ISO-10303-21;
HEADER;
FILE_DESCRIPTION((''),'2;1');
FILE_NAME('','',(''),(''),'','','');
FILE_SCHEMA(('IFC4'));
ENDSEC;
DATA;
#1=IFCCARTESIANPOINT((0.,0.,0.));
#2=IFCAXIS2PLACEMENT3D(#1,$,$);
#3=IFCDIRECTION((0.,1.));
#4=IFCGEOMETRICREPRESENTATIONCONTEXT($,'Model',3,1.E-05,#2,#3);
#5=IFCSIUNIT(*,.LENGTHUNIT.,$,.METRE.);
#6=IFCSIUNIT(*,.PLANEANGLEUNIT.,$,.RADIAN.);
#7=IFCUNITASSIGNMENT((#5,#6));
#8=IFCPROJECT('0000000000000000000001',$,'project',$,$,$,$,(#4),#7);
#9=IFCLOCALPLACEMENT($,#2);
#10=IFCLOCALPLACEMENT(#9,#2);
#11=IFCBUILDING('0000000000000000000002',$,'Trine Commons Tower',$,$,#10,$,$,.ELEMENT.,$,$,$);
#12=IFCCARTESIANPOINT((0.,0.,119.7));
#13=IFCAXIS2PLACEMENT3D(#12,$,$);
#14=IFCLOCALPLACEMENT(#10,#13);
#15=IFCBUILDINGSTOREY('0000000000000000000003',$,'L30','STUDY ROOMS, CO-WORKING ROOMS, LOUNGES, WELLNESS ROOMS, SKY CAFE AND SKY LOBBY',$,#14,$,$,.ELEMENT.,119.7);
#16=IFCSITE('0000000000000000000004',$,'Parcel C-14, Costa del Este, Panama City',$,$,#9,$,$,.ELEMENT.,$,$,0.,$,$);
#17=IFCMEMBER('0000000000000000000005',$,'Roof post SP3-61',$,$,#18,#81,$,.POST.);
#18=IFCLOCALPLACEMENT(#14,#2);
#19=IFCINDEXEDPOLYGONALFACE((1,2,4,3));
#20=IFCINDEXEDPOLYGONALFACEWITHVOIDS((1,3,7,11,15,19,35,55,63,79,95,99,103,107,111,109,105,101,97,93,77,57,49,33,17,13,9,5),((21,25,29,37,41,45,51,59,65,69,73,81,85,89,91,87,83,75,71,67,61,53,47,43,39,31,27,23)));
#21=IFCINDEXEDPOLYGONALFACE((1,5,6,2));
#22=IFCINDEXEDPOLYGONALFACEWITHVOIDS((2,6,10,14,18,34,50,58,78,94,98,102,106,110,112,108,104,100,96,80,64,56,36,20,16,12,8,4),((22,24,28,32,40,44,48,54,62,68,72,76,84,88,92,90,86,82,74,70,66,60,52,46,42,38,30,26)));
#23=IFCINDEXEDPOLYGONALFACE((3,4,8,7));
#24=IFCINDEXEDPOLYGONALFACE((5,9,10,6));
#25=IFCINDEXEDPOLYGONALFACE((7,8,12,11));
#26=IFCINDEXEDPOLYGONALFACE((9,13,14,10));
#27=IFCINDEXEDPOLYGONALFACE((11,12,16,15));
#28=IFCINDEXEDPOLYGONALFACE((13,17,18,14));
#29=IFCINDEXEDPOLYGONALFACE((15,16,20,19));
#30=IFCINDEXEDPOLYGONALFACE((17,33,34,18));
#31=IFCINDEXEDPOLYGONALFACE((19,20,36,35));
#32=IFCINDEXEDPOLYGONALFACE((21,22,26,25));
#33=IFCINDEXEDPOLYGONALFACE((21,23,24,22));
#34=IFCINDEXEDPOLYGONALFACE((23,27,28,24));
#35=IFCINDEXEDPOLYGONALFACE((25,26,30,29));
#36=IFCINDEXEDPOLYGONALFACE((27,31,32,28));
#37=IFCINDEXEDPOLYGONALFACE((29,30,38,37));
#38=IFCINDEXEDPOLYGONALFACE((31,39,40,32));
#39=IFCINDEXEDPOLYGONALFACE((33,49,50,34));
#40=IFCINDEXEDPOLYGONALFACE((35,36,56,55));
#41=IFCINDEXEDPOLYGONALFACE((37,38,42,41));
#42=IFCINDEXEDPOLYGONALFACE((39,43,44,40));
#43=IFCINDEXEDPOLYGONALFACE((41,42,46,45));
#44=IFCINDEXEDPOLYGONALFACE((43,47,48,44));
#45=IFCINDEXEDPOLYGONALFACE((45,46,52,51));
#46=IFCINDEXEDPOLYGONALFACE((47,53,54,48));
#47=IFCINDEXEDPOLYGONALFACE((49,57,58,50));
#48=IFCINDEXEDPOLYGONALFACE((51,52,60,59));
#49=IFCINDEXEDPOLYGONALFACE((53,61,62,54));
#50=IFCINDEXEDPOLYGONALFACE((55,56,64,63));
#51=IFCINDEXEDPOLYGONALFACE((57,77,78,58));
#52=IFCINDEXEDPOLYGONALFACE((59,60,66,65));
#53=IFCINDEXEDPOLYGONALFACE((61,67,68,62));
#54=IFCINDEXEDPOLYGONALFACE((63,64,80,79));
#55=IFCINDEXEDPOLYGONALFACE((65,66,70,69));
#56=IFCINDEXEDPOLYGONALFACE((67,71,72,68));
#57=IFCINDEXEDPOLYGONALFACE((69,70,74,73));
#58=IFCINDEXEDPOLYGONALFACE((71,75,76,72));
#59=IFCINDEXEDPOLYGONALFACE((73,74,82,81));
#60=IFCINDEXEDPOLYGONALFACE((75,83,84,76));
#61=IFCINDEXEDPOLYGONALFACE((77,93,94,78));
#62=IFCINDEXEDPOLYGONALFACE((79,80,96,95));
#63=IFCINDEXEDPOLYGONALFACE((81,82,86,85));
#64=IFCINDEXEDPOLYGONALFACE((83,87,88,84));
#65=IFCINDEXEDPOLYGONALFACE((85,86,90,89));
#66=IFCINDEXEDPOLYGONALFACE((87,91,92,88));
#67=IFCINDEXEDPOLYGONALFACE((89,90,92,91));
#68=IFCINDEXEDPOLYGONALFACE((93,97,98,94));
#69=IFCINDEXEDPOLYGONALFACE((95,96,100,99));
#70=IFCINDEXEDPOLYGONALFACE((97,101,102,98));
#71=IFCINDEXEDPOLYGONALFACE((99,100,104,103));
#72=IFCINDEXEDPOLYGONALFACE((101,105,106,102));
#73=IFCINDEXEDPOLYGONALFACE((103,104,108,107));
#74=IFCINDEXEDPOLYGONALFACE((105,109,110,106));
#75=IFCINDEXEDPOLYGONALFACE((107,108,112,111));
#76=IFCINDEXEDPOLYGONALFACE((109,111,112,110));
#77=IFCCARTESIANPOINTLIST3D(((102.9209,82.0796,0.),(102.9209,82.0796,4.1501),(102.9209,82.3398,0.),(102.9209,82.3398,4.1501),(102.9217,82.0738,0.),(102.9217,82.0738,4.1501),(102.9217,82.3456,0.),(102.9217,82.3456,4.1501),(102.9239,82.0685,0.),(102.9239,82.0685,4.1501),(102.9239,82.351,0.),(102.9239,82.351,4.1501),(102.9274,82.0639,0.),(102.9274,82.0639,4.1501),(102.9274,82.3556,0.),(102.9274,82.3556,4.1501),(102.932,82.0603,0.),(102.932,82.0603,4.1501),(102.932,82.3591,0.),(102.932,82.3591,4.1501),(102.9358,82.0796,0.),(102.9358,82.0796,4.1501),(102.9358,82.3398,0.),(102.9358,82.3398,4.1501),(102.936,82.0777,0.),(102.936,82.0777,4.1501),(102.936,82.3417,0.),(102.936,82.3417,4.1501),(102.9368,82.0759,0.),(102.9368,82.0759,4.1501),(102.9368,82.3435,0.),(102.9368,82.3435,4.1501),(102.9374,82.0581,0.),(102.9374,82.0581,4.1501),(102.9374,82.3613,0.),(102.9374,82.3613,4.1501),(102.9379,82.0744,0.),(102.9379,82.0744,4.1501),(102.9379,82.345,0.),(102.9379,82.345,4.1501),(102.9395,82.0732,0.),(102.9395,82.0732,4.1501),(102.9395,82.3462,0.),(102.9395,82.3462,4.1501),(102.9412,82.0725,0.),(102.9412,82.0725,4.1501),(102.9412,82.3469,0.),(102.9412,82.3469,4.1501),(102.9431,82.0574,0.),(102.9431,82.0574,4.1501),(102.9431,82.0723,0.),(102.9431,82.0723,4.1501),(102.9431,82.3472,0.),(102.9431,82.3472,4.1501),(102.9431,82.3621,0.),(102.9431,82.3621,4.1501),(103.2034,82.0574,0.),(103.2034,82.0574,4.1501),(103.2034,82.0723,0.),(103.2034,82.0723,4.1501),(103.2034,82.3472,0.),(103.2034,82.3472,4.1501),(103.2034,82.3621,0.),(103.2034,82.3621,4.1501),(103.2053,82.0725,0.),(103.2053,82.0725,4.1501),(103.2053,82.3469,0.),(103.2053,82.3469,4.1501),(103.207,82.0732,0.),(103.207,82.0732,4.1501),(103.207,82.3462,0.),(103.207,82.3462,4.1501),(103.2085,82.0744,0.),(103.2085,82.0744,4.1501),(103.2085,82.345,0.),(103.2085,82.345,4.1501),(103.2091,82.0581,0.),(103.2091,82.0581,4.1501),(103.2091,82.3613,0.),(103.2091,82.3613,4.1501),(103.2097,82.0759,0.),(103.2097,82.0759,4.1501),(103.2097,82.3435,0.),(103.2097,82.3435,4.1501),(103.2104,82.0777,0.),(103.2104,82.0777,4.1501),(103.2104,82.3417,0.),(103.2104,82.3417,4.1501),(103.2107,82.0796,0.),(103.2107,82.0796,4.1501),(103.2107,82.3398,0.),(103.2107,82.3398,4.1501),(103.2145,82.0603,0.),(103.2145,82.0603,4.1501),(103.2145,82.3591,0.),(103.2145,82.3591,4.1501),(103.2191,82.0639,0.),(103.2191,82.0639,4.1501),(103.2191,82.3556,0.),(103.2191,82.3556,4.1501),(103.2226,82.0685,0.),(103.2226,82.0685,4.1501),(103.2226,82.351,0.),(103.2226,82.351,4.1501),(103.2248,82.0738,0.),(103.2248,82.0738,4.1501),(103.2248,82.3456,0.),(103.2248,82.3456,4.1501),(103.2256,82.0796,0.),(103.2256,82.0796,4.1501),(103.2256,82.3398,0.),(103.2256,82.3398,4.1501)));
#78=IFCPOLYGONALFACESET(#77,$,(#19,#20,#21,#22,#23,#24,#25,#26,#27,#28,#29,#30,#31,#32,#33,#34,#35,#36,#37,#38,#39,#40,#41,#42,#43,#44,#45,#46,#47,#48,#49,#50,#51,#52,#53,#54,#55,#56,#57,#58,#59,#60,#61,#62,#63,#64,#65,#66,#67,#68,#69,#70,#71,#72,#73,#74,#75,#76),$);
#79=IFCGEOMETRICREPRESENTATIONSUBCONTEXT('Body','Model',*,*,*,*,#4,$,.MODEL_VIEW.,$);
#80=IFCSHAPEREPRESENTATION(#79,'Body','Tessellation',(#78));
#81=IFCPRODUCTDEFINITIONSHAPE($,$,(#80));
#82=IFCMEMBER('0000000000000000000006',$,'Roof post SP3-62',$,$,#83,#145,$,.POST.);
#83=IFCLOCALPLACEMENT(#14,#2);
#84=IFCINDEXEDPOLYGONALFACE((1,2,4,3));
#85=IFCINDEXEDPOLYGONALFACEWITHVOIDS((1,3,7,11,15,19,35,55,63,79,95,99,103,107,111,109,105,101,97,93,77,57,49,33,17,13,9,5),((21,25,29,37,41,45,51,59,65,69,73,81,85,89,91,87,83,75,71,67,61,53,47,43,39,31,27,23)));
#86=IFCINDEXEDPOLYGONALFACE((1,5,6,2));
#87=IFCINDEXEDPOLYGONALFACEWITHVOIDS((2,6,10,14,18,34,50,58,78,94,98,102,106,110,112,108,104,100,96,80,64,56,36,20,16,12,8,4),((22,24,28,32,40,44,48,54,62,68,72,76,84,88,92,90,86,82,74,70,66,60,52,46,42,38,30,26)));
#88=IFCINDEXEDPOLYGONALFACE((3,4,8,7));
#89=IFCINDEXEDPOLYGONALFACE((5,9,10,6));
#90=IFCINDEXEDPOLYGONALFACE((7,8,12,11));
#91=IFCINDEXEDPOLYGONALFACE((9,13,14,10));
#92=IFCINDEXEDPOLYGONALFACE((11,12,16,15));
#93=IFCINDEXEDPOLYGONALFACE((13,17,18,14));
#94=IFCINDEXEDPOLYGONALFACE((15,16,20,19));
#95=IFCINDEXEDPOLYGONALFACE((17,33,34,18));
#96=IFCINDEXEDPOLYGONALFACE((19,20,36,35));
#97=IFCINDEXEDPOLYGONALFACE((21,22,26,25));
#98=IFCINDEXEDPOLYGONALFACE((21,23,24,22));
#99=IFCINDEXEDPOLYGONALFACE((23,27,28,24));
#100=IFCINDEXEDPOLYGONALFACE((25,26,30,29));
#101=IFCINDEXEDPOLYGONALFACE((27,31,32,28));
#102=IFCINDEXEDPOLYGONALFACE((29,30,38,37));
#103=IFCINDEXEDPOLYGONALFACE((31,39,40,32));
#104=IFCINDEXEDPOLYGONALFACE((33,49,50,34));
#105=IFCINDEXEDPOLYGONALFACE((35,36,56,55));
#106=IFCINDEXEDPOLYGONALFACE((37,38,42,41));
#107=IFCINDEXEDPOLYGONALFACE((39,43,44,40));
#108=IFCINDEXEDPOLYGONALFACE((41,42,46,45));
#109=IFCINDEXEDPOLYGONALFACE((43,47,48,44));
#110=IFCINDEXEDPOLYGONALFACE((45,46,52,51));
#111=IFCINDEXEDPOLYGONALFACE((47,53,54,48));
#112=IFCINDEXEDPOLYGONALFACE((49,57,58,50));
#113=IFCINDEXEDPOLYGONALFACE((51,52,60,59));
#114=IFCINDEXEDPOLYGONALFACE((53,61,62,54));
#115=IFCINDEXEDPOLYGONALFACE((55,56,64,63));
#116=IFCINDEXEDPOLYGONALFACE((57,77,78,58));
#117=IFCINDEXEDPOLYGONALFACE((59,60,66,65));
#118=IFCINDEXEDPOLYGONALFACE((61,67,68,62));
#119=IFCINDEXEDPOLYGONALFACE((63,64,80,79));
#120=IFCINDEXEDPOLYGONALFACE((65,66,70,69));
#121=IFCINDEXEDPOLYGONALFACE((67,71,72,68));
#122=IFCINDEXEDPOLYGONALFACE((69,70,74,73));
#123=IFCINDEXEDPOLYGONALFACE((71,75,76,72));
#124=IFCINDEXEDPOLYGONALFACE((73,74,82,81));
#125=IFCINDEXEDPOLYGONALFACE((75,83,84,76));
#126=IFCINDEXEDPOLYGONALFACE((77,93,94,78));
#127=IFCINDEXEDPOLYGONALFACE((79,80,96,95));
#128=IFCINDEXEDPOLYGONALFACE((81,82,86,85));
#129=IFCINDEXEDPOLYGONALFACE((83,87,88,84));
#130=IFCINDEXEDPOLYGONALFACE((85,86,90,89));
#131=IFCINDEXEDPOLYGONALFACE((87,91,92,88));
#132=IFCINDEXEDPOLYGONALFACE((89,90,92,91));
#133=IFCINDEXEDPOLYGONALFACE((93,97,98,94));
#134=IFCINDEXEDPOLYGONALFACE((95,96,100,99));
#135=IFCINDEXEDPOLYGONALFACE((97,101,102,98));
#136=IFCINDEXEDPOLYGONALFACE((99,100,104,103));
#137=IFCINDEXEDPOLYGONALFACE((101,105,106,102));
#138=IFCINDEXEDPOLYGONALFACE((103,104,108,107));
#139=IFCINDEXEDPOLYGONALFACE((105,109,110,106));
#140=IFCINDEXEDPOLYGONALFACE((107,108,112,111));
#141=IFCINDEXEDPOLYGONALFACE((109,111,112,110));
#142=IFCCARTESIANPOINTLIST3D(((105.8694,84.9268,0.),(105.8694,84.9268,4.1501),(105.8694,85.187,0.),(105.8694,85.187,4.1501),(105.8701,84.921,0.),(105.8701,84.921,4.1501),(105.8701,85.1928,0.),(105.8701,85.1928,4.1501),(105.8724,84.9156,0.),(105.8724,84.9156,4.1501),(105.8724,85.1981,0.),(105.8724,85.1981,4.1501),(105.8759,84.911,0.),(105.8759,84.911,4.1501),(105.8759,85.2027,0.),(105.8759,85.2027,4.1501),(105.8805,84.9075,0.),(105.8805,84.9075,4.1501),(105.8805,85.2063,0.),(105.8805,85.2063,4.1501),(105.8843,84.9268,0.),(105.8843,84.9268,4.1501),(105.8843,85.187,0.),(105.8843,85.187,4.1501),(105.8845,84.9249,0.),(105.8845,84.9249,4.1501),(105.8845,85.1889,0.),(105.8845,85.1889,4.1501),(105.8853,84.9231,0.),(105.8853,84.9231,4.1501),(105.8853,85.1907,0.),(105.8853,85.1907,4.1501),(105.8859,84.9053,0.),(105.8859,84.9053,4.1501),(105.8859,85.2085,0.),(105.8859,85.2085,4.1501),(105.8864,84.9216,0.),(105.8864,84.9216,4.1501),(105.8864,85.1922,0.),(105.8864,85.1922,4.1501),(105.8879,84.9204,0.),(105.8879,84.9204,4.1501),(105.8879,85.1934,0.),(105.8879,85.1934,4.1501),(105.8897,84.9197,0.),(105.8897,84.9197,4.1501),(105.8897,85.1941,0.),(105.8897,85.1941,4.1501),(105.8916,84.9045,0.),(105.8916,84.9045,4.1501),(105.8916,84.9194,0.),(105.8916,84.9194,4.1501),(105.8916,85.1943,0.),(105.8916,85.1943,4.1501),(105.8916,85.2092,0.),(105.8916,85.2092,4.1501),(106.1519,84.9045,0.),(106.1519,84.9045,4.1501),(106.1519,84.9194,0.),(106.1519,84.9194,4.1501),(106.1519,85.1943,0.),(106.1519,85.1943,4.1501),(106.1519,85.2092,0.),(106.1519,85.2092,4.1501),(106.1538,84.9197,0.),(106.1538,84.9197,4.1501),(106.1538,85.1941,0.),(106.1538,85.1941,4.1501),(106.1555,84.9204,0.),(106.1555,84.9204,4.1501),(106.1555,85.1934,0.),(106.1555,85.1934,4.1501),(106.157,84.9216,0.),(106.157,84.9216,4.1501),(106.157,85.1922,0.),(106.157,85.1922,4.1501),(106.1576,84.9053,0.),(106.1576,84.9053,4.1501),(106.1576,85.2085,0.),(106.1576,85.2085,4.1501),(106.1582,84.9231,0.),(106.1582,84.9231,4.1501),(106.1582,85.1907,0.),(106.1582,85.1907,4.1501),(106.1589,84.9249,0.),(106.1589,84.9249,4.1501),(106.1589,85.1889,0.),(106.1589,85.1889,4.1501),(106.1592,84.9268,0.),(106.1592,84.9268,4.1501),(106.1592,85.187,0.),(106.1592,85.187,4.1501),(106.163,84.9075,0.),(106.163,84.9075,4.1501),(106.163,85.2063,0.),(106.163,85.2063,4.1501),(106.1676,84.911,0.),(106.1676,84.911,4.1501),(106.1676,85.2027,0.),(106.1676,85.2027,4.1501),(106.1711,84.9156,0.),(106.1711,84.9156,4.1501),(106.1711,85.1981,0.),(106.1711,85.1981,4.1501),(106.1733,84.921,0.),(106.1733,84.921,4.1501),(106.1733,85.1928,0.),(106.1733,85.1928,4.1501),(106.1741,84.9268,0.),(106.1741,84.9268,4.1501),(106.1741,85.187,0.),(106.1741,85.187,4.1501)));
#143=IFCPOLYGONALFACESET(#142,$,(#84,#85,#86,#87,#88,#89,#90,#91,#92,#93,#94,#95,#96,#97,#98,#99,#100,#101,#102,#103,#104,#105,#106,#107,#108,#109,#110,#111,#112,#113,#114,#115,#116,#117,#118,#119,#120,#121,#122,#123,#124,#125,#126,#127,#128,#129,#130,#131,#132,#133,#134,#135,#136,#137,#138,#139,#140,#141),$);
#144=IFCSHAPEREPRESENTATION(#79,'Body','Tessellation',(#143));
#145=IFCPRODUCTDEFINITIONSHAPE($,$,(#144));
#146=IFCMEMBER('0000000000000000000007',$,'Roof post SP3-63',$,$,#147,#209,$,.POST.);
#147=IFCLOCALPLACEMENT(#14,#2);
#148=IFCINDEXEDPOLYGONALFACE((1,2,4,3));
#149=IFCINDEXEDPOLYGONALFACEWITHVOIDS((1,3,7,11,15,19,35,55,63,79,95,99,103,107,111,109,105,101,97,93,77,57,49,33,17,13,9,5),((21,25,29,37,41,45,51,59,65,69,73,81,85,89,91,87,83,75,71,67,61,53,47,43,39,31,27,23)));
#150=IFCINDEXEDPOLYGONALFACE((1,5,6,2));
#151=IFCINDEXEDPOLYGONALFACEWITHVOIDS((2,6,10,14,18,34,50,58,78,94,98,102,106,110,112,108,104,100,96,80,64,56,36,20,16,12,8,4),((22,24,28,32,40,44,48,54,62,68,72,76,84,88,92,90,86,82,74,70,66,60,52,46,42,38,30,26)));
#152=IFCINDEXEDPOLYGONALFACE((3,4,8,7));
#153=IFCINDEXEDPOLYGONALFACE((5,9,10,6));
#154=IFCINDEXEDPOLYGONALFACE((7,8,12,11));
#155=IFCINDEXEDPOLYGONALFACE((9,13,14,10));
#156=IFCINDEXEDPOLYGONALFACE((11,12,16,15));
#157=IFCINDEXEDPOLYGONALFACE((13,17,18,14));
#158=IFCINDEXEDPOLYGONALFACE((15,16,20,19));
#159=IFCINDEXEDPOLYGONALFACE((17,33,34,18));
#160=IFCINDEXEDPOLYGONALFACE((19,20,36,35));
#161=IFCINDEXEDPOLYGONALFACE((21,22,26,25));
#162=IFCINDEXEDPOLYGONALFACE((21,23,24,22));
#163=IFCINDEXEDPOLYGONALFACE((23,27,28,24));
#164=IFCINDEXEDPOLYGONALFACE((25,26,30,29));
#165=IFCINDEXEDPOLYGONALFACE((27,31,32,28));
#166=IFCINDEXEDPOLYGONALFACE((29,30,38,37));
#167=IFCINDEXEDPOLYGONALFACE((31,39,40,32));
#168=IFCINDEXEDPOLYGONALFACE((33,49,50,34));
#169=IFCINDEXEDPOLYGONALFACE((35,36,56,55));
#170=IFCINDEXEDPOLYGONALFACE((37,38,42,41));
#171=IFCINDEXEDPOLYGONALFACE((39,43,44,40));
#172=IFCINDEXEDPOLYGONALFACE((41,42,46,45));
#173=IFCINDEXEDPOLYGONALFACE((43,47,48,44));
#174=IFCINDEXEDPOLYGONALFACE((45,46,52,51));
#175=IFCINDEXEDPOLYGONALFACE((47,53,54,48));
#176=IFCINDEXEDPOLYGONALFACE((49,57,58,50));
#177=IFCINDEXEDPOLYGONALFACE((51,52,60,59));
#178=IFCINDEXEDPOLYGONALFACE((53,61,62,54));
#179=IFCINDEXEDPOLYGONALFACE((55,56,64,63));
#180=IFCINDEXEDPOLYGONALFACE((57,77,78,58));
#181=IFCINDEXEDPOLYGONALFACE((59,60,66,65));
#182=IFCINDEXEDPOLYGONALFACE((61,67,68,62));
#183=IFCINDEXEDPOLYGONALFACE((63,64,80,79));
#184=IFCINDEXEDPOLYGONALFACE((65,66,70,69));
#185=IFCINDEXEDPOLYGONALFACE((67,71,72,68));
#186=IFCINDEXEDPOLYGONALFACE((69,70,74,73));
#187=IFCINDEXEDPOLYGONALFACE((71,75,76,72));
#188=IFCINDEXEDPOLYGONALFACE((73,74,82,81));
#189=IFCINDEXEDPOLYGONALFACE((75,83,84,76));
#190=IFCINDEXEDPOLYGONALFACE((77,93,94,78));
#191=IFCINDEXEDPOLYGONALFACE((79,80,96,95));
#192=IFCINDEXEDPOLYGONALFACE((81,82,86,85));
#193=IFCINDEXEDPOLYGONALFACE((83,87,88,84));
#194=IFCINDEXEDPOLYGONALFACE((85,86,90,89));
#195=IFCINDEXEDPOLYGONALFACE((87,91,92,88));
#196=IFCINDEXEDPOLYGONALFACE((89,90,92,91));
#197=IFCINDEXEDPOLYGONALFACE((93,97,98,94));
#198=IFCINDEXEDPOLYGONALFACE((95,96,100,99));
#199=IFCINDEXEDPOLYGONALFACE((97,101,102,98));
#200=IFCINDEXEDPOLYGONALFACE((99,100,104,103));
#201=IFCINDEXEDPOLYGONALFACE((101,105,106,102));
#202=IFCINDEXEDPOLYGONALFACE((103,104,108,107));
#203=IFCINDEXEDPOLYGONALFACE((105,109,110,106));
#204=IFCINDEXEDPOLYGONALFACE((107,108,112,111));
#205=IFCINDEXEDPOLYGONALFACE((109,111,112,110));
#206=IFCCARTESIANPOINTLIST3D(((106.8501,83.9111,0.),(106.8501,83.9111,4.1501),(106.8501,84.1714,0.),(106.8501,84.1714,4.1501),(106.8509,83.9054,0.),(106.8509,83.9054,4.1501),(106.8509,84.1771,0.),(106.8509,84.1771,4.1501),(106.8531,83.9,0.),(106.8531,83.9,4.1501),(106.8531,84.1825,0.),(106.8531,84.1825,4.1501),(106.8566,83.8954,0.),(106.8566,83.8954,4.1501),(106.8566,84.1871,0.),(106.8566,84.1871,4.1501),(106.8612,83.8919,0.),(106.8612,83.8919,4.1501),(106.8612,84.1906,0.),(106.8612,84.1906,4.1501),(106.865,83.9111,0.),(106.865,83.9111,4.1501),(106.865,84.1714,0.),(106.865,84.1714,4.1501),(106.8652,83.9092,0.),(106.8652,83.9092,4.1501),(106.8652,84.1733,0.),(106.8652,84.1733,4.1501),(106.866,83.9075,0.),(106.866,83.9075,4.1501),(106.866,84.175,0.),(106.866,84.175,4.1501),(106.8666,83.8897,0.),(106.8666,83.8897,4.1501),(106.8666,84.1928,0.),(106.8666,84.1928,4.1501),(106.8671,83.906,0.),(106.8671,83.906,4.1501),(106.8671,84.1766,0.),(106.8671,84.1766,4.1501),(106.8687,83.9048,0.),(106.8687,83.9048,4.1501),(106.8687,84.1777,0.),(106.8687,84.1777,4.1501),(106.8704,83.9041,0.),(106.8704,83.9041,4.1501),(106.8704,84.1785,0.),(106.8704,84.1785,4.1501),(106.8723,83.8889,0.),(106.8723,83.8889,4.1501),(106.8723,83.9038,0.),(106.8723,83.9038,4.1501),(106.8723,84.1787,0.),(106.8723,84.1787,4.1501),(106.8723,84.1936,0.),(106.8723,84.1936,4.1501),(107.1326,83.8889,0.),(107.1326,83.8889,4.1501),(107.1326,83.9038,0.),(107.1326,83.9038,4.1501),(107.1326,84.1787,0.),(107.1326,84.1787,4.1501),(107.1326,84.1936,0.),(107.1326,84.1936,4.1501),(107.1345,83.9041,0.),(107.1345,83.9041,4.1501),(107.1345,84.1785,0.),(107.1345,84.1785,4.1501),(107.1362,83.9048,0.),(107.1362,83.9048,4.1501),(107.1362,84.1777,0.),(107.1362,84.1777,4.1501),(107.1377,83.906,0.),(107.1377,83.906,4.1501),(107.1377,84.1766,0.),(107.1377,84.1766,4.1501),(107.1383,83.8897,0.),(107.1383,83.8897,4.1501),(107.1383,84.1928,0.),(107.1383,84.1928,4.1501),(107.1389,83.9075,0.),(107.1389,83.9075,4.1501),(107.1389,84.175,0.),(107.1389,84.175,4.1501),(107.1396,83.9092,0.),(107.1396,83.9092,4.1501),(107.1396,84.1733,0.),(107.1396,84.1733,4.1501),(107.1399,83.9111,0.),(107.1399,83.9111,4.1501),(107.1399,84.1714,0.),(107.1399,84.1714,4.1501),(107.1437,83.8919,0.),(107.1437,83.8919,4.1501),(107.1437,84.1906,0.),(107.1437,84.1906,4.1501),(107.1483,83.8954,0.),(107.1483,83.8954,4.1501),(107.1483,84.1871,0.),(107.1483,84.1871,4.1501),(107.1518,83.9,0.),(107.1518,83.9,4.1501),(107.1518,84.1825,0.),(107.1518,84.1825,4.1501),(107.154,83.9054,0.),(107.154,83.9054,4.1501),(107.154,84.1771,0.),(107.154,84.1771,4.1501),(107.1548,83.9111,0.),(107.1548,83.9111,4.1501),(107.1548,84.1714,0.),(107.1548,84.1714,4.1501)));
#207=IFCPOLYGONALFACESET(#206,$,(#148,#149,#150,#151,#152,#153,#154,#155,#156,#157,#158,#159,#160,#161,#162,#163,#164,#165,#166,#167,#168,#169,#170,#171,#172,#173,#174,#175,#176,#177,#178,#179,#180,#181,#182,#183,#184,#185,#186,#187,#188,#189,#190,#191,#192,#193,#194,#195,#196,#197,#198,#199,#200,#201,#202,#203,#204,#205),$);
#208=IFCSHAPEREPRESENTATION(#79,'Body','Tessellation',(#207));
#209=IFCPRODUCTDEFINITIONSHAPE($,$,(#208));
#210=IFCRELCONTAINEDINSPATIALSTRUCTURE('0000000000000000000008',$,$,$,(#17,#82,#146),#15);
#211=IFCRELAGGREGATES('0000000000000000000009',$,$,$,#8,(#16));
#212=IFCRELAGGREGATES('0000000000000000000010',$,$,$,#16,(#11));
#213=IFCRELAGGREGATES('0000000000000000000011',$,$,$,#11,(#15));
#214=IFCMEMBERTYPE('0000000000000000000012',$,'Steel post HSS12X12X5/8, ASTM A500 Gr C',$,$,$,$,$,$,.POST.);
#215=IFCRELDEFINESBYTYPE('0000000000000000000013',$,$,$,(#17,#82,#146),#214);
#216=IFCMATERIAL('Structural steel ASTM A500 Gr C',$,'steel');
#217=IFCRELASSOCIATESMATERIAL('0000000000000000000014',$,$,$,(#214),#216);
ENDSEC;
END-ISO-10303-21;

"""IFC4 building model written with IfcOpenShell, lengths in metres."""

from ifc_helpers import new_model, si_unit, direction, frame, origin, origin_2d, place, context, subcontext, project, spatial, hollow_rectangle, extrude, material, material_profile, profile_set, type_object, element, save


model = new_model("IFC4")

# Units and contexts
model_context = context("Model", 3, precision=1e-05, world=origin(), true_north=direction((0.0, 1.0)))
body_context = subcontext(model_context, "Body", "Model", "MODEL_VIEW")
ifc_project = project(units=[si_unit("LENGTHUNIT", "METRE"), si_unit("PLANEANGLEUNIT", "RADIAN")], contexts=[model_context])

# Site, building, storey
site_placement = place(None, origin())
site = spatial("IfcSite", under=ifc_project, at=site_placement, Name="Parcel C-14, Costa del Este, Panama City", CompositionType="ELEMENT", RefElevation=0.0)
building_placement = place(site_placement, origin())
building = spatial("IfcBuilding", under=site, at=building_placement, Name="Trine Commons Tower", CompositionType="ELEMENT")
storey_placement = place(building_placement, frame((0.0, 0.0, 119.7)))
storey = spatial("IfcBuildingStorey", under=building, at=storey_placement, Name="L30", Description="STUDY ROOMS, CO-WORKING ROOMS, LOUNGES, WELLNESS ROOMS, SKY CAFE AND SKY LOBBY", CompositionType="ELEMENT", Elevation=119.7)

# Members
ifc_material_1 = material(Name="Structural steel ASTM A500 Gr C", Category="steel")
ifc_material_profile_1 = material_profile(ifc_material_1, hollow_rectangle(XDim=0.3047, YDim=0.3047, WallThickness=0.0149, InnerFilletRadius=0.0073, OuterFilletRadius=0.0222, at=origin_2d()), Name="HSS12X12X5/8")
ifc_profile_set_1 = profile_set([ifc_material_profile_1], Name="Structural steel ASTM A500 Gr C")
member_type_1 = type_object("IfcMemberType", Name="Steel post HSS12X12X5/8, ASTM A500 Gr C", PredefinedType="POST", material=ifc_profile_set_1)
for number, where, z_axis, x_axis, name in (
    (1, (103.0732, 82.2097, 0.0), (0.0, 0.0, 1.0), (1.0, 0.0, 0.0), "Roof post SP3-61"),
    (2, (106.0217, 85.0569, 0.0), (0.0, 0.0, 1.0), (1.0, 0.0, 0.0), "Roof post SP3-62"),
    (3, (107.0024, 84.0413, 0.0), (0.0, 0.0, 1.0), (1.0, 0.0, 0.0), "Roof post SP3-63"),
):
    element("IfcMember", number, at=place(storey_placement, frame(where, z_axis=z_axis, x_axis=x_axis)), inside=storey, type_object=member_type_1, Name=name, PredefinedType="POST", context=body_context, shape_type="SweptSolid", body=[
        extrude(hollow_rectangle(XDim=0.3047, YDim=0.3047, WallThickness=0.0149, InnerFilletRadius=0.0073, OuterFilletRadius=0.0222, at=origin_2d()), origin(), (0.0, 0.0, 1.0), 4.1501),
    ])

save(model, "model.ifc")
